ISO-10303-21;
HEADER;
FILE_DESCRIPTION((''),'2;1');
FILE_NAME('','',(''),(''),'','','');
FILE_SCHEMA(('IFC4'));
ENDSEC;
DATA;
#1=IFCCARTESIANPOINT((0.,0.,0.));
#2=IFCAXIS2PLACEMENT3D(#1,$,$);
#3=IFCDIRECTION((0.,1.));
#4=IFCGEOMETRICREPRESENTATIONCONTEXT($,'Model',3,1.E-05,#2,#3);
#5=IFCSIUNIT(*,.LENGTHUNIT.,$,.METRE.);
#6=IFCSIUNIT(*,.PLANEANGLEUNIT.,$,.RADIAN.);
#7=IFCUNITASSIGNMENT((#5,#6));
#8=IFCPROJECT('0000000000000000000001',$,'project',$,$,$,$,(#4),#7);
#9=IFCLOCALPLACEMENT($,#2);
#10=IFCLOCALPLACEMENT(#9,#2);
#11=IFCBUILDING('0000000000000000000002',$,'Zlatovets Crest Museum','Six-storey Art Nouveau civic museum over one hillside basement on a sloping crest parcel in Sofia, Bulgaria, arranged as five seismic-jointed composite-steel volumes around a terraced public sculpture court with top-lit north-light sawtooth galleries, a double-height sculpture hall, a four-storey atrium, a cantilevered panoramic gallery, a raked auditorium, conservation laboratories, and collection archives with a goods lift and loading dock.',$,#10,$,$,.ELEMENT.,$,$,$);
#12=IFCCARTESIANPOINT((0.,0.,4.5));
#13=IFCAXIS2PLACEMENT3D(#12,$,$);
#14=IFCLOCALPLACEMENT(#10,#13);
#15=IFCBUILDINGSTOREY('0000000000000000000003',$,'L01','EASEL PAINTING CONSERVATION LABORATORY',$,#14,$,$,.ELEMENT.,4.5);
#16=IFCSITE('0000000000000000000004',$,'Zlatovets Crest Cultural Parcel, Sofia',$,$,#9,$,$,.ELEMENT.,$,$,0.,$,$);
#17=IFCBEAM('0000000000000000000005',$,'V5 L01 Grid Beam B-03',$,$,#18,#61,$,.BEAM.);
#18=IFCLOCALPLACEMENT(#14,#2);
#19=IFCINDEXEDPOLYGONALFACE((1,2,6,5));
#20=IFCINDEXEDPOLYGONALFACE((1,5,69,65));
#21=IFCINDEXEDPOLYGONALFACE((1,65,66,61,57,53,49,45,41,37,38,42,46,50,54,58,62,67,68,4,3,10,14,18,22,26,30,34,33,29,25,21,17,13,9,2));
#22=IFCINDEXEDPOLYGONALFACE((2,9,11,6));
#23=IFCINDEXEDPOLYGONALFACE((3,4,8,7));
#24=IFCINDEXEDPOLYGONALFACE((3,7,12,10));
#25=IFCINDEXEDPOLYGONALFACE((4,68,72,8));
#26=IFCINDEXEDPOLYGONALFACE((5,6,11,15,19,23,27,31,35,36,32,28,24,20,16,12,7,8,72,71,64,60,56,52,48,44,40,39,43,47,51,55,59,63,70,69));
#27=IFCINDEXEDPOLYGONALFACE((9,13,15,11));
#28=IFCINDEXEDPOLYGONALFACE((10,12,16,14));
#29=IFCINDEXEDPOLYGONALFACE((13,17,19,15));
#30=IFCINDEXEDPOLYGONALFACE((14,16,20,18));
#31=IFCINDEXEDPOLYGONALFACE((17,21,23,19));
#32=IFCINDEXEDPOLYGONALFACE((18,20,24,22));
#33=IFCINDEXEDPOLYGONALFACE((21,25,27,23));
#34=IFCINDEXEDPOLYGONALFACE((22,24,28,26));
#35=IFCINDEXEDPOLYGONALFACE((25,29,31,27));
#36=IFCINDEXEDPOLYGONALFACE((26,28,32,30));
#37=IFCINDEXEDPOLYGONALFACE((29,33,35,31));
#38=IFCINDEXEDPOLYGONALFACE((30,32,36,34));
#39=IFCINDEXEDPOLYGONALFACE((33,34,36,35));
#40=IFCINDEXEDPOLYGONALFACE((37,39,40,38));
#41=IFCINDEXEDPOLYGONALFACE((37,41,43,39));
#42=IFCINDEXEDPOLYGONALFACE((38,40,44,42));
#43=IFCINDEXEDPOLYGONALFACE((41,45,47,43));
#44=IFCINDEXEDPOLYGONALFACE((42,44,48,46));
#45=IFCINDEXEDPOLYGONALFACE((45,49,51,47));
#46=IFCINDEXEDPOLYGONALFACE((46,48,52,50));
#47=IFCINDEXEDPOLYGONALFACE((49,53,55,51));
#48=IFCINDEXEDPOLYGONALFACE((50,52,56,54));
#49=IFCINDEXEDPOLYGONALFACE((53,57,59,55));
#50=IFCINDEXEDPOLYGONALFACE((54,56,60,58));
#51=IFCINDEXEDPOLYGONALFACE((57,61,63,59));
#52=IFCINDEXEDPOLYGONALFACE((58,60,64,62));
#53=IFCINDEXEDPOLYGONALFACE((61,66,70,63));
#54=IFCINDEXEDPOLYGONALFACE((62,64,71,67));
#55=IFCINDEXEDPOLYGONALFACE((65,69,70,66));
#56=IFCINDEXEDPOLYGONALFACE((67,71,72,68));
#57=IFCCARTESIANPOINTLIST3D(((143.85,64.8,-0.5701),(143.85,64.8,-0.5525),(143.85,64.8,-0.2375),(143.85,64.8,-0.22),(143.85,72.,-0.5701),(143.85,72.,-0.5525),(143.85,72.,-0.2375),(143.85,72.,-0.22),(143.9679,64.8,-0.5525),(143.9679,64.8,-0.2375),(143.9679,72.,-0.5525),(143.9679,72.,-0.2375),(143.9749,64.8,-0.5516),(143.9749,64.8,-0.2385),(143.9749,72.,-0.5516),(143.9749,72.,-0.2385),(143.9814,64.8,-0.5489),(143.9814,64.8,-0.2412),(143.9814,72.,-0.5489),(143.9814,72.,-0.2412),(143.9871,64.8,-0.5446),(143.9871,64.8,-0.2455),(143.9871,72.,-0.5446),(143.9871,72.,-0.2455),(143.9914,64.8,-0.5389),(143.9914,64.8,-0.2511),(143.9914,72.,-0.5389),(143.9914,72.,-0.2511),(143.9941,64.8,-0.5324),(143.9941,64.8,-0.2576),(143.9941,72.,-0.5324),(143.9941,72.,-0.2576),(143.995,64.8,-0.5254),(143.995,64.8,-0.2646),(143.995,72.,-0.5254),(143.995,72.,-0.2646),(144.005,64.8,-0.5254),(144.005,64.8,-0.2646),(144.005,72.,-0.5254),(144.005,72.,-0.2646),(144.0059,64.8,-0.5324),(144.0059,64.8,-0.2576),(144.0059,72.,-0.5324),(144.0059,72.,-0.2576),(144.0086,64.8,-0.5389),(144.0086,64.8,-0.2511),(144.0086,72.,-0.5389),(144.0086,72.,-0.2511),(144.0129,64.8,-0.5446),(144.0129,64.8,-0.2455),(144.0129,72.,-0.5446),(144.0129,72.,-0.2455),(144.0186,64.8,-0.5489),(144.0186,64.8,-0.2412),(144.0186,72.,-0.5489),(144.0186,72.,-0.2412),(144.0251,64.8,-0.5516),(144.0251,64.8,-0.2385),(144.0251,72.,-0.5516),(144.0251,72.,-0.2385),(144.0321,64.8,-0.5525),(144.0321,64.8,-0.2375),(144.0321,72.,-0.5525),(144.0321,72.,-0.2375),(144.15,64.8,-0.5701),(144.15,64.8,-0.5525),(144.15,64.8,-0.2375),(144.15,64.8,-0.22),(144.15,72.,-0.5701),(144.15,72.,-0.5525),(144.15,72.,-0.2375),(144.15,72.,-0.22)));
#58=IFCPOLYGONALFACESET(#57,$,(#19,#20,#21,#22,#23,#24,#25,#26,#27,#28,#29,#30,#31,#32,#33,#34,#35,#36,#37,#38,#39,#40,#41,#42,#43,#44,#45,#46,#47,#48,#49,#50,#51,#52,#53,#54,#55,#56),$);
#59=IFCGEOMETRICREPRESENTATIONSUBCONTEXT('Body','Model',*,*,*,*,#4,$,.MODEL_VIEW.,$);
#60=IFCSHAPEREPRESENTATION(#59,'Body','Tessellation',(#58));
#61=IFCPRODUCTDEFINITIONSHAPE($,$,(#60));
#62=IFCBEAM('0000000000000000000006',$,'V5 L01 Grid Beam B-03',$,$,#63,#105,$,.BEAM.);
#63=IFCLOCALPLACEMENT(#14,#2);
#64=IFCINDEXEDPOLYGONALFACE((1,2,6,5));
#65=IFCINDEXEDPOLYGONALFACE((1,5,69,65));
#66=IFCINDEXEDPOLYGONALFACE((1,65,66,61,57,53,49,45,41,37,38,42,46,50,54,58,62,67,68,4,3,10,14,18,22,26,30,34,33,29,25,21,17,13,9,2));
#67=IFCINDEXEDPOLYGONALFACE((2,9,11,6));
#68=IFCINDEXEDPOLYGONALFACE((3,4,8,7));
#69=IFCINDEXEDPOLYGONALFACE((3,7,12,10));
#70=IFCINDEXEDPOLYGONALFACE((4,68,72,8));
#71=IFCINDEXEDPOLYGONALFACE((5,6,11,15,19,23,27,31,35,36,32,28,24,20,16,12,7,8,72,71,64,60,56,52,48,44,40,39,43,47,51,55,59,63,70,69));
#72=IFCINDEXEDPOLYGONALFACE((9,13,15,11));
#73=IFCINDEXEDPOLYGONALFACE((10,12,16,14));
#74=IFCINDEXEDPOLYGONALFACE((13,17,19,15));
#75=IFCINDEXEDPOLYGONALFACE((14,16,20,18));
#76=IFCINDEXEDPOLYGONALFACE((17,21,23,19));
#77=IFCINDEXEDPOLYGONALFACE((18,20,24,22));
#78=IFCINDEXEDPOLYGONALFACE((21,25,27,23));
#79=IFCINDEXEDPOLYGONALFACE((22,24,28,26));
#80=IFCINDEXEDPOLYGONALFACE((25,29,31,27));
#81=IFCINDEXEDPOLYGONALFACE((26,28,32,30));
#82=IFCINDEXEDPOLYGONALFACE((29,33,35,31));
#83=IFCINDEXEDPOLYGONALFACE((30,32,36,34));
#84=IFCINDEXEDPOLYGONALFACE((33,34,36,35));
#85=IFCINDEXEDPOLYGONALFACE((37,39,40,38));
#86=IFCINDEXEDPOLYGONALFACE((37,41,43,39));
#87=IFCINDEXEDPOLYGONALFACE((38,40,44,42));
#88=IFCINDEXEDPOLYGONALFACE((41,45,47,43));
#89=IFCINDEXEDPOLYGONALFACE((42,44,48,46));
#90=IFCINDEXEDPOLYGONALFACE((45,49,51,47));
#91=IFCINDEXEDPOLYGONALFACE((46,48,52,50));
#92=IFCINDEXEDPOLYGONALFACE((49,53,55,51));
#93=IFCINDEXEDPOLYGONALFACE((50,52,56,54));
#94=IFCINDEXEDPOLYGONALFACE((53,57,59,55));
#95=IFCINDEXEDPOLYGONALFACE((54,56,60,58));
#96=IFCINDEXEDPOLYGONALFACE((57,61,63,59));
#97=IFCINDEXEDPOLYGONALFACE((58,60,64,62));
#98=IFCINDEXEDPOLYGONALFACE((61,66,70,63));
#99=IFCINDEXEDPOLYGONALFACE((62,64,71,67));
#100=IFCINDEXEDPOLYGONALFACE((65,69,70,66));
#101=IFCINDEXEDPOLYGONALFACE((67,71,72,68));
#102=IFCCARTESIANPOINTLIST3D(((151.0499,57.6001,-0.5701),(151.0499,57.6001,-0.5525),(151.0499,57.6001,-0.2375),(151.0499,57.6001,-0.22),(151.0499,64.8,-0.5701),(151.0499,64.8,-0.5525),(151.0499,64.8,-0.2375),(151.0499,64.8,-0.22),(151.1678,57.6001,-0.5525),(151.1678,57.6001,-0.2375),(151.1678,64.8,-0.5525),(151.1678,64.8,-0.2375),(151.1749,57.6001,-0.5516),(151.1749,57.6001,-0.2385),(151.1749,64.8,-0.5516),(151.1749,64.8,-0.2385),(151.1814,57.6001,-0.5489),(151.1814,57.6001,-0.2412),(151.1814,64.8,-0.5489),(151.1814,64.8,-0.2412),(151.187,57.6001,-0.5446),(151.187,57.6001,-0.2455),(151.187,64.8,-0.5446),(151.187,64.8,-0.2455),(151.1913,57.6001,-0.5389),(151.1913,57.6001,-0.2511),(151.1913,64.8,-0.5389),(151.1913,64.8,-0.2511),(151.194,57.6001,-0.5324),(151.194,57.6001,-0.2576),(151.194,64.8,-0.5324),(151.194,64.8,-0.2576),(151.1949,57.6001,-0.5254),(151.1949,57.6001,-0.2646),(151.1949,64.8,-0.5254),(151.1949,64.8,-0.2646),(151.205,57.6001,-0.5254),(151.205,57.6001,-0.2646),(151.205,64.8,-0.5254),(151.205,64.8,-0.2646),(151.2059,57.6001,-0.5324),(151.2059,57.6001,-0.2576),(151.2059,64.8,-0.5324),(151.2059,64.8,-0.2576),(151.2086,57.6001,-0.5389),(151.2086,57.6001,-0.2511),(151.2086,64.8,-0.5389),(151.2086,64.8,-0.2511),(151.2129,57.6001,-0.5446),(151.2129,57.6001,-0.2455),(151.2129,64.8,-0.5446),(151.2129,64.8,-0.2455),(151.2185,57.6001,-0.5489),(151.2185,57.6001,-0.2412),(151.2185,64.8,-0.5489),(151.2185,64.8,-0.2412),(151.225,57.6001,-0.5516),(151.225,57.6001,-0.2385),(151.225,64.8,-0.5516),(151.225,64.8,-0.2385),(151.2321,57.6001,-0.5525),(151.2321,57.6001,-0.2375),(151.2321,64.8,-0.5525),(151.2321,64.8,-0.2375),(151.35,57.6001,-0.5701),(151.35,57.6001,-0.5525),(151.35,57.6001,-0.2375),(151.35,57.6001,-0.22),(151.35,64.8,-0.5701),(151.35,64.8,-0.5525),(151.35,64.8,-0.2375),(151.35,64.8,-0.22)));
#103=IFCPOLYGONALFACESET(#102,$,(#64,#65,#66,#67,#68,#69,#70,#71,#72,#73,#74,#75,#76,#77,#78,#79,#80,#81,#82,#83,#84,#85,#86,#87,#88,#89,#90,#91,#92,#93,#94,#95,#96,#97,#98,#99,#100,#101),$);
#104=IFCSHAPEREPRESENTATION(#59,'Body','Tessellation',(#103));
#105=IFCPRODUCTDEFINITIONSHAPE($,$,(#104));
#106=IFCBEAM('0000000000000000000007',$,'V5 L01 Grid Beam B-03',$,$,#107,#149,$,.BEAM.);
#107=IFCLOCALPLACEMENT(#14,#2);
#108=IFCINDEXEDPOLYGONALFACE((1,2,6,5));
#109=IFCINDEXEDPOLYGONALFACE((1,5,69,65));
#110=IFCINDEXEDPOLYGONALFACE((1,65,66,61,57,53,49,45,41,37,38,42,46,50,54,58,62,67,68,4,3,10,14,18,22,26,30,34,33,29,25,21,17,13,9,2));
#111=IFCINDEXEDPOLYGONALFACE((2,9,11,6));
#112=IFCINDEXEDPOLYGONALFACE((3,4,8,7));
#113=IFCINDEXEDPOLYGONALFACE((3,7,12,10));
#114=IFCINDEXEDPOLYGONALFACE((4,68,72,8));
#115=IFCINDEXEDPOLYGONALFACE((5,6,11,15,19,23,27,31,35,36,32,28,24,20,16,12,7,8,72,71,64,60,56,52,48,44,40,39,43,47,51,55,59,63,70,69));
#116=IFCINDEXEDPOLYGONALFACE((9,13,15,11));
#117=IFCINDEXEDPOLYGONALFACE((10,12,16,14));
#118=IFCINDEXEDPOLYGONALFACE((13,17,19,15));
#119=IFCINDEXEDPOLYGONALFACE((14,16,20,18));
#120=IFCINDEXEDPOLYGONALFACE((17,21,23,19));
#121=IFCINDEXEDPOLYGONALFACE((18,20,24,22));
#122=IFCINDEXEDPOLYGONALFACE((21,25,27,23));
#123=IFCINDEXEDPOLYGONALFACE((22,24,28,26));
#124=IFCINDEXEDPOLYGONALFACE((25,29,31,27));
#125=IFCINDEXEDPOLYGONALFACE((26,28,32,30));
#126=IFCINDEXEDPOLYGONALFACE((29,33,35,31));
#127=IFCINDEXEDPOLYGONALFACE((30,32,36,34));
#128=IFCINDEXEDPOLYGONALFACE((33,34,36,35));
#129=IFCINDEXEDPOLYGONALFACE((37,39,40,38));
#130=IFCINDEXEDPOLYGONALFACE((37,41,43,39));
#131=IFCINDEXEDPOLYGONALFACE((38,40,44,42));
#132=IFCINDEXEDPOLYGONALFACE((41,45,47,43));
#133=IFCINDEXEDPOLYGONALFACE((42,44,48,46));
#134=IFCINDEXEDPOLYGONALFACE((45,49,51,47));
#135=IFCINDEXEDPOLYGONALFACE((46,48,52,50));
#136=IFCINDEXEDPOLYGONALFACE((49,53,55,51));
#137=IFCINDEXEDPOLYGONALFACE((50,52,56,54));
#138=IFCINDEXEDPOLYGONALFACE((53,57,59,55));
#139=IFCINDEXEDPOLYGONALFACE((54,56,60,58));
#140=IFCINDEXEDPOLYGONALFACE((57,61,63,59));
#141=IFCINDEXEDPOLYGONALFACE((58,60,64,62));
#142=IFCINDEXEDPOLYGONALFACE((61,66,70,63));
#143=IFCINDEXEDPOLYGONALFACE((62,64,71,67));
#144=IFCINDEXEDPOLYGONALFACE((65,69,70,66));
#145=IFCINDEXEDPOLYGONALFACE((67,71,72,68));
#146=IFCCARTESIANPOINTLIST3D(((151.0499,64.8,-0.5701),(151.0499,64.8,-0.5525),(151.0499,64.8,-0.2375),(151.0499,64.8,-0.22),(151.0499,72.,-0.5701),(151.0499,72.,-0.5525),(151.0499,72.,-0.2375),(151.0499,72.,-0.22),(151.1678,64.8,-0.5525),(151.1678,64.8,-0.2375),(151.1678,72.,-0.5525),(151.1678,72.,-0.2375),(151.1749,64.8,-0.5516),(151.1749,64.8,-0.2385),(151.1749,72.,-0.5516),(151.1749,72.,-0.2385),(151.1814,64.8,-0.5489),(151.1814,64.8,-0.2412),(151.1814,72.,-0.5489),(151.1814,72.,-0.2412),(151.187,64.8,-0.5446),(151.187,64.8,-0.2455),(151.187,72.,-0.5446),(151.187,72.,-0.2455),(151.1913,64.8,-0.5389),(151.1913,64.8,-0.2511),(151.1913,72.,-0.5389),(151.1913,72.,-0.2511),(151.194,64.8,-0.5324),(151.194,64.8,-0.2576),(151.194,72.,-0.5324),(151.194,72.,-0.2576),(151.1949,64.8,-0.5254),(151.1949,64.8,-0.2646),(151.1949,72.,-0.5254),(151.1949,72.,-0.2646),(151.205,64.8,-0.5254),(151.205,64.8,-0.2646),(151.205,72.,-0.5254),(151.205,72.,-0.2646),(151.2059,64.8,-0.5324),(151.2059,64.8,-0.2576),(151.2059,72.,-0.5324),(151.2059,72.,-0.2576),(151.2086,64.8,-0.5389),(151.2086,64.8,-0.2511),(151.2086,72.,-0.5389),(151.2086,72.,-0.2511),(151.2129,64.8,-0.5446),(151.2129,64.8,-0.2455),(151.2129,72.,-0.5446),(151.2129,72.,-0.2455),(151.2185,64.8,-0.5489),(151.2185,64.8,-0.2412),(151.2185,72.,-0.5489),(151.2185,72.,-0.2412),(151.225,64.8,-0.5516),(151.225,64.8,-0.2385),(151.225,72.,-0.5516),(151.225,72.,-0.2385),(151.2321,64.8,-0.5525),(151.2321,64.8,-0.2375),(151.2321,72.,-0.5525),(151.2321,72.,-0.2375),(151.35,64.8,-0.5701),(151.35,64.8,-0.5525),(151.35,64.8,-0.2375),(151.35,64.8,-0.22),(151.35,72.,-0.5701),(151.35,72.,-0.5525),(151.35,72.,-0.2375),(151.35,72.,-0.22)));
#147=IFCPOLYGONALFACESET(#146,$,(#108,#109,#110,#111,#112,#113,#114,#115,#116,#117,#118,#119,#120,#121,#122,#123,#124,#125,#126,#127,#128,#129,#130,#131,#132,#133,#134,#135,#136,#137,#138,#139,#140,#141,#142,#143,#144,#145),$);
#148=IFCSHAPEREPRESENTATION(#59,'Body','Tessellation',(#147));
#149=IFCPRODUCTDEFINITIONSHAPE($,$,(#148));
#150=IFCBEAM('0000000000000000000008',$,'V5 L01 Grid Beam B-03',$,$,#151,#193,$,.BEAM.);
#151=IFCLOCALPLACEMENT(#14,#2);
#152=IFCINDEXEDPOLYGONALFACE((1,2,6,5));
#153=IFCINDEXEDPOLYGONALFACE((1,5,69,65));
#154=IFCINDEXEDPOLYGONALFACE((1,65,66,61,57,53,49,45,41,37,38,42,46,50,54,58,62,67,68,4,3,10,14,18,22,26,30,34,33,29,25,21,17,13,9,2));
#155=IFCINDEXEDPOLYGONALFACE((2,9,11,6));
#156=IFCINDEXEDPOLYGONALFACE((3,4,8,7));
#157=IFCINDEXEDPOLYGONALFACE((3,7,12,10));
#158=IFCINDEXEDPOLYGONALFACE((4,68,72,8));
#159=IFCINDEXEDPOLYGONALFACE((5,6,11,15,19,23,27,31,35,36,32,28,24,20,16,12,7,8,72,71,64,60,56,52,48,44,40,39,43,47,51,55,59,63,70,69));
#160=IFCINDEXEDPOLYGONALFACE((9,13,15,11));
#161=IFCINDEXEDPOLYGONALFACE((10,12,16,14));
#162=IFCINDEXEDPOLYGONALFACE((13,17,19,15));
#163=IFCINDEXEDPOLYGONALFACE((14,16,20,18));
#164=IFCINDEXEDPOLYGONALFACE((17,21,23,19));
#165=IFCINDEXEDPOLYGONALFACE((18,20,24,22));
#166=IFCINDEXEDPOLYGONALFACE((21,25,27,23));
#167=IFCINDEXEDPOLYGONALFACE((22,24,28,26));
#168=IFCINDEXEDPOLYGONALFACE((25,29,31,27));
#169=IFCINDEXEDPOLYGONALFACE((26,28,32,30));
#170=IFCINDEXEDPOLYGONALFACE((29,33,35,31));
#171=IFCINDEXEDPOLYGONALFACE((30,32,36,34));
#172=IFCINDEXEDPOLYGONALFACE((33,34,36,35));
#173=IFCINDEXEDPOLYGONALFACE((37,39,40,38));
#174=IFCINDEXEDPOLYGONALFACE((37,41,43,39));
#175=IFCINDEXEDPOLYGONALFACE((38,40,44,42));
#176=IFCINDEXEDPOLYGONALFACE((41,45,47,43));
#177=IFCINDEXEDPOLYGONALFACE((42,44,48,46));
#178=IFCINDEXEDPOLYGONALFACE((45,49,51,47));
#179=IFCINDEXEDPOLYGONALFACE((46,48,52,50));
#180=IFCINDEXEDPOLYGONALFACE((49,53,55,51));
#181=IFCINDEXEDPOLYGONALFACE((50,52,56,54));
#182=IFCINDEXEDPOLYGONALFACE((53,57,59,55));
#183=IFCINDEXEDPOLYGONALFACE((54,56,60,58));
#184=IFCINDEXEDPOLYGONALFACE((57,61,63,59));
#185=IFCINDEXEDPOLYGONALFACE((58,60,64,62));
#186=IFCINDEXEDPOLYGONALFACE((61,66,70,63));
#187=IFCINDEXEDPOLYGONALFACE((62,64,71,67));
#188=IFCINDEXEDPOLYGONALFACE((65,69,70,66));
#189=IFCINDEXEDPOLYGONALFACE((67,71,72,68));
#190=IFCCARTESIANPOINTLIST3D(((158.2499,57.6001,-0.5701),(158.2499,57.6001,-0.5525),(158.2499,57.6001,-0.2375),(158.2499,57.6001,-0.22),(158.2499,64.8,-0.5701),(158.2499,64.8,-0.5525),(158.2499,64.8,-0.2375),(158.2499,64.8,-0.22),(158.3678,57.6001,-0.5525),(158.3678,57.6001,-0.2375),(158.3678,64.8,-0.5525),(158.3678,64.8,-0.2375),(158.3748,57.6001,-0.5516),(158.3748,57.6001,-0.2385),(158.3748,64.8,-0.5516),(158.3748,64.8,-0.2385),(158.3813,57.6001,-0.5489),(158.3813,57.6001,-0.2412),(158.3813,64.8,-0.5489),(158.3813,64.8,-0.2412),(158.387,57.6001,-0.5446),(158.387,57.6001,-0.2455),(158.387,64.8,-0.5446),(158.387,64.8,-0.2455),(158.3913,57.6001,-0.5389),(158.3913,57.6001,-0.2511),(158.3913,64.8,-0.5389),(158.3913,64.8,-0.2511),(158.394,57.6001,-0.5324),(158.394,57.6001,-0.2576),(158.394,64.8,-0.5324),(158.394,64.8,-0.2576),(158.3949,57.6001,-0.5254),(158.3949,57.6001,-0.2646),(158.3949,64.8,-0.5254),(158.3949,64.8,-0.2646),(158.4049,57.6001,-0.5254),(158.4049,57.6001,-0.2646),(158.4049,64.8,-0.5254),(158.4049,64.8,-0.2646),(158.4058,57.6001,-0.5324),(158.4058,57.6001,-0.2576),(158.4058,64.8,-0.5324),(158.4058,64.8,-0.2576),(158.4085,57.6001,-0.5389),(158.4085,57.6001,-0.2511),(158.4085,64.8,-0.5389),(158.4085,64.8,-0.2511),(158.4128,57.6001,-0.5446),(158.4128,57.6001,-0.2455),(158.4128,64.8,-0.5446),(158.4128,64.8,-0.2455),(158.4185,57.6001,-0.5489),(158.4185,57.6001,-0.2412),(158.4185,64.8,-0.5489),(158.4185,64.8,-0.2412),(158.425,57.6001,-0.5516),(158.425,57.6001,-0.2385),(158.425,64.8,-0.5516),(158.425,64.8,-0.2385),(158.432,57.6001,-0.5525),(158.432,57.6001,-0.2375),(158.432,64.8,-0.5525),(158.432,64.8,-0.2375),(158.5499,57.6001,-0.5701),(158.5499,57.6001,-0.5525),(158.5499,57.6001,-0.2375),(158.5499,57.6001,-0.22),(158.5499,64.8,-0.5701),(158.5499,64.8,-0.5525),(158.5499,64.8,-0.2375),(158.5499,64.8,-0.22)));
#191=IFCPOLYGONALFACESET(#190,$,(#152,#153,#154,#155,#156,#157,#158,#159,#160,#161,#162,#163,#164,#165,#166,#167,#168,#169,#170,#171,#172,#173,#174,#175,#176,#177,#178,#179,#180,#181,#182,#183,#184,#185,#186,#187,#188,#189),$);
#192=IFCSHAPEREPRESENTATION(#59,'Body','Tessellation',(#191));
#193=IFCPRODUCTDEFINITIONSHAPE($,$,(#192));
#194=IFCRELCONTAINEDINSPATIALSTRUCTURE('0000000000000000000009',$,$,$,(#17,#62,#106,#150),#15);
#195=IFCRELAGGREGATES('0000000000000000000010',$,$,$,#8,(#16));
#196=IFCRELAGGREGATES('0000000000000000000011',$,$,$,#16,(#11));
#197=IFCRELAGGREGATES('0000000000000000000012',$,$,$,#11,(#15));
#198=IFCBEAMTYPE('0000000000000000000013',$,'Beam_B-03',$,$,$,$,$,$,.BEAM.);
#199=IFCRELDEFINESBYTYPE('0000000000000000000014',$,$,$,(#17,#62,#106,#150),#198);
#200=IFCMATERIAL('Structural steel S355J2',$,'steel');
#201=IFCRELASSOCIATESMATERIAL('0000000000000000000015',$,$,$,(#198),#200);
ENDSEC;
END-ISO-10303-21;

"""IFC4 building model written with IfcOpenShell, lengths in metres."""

from ifc_helpers import new_model, si_unit, direction, frame, origin, origin_2d, place, context, subcontext, project, spatial, i_section, extrude, material, material_profile, profile_set, type_object, element, save


model = new_model("IFC4")

# Units and contexts
model_context = context("Model", 3, precision=1e-05, world=origin(), true_north=direction((0.0, 1.0)))
body_context = subcontext(model_context, "Body", "Model", "MODEL_VIEW")
ifc_project = project(units=[si_unit("LENGTHUNIT", "METRE"), si_unit("PLANEANGLEUNIT", "RADIAN")], contexts=[model_context])

# Site, building, storey
site_placement = place(None, origin())
site = spatial("IfcSite", under=ifc_project, at=site_placement, Name="Zlatovets Crest Cultural Parcel, Sofia", CompositionType="ELEMENT", RefElevation=0.0)
building_placement = place(site_placement, origin())
building = spatial("IfcBuilding", under=site, at=building_placement, Name="Zlatovets Crest Museum", Description="Six-storey Art Nouveau civic museum over one hillside basement on a sloping crest parcel in Sofia, Bulgaria, arranged as five seismic-jointed composite-steel volumes around a terraced public sculpture court with top-lit north-light sawtooth galleries, a double-height sculpture hall, a four-storey atrium, a cantilevered panoramic gallery, a raked auditorium, conservation laboratories, and collection archives with a goods lift and loading dock.", CompositionType="ELEMENT")
storey_placement = place(building_placement, frame((0.0, 0.0, 4.5)))
storey = spatial("IfcBuildingStorey", under=building, at=storey_placement, Name="L01", Description="EASEL PAINTING CONSERVATION LABORATORY", CompositionType="ELEMENT", Elevation=4.5)

# Shared definitions
ifc_material_1 = material(Name="Structural steel S355J2", Category="steel")

# Beams
ifc_material_profile_1 = material_profile(ifc_material_1, i_section(OverallWidth=0.3, OverallDepth=0.3501, WebThickness=0.01, FlangeThickness=0.0176, FilletRadius=0.0271, at=origin_2d()), Name="HEA 360")
ifc_profile_set_1 = profile_set([ifc_material_profile_1], Name="Structural steel S355J2")
beam_type_1 = type_object("IfcBeamType", Name="Beam_B-03", PredefinedType="BEAM", material=ifc_profile_set_1)
for number, where, z_axis, x_axis, name in (
    (1, (144.0, 64.8, -0.395), (0.0, 1.0, 0.0), (-1.0, 0.0, 0.0), "V5 L01 Grid Beam B-03"),
    (2, (151.2, 57.6001, -0.395), (0.0, 1.0, 0.0), (-1.0, 0.0, 0.0), "V5 L01 Grid Beam B-03"),
    (3, (151.2, 64.8, -0.395), (0.0, 1.0, 0.0), (-1.0, 0.0, 0.0), "V5 L01 Grid Beam B-03"),
    (4, (158.3999, 57.6001, -0.395), (0.0, 1.0, 0.0), (-1.0, 0.0, 0.0), "V5 L01 Grid Beam B-03"),
):
    element("IfcBeam", number, at=place(storey_placement, frame(where, z_axis=z_axis, x_axis=x_axis)), inside=storey, type_object=beam_type_1, Name=name, PredefinedType="BEAM", context=body_context, shape_type="SweptSolid", body=[
        extrude(i_section(OverallWidth=0.3, OverallDepth=0.3501, WebThickness=0.01, FlangeThickness=0.0176, FilletRadius=0.0271, at=origin_2d()), origin(), (0.0, 0.0, 1.0), 7.2),
    ])

save(model, "model.ifc")
